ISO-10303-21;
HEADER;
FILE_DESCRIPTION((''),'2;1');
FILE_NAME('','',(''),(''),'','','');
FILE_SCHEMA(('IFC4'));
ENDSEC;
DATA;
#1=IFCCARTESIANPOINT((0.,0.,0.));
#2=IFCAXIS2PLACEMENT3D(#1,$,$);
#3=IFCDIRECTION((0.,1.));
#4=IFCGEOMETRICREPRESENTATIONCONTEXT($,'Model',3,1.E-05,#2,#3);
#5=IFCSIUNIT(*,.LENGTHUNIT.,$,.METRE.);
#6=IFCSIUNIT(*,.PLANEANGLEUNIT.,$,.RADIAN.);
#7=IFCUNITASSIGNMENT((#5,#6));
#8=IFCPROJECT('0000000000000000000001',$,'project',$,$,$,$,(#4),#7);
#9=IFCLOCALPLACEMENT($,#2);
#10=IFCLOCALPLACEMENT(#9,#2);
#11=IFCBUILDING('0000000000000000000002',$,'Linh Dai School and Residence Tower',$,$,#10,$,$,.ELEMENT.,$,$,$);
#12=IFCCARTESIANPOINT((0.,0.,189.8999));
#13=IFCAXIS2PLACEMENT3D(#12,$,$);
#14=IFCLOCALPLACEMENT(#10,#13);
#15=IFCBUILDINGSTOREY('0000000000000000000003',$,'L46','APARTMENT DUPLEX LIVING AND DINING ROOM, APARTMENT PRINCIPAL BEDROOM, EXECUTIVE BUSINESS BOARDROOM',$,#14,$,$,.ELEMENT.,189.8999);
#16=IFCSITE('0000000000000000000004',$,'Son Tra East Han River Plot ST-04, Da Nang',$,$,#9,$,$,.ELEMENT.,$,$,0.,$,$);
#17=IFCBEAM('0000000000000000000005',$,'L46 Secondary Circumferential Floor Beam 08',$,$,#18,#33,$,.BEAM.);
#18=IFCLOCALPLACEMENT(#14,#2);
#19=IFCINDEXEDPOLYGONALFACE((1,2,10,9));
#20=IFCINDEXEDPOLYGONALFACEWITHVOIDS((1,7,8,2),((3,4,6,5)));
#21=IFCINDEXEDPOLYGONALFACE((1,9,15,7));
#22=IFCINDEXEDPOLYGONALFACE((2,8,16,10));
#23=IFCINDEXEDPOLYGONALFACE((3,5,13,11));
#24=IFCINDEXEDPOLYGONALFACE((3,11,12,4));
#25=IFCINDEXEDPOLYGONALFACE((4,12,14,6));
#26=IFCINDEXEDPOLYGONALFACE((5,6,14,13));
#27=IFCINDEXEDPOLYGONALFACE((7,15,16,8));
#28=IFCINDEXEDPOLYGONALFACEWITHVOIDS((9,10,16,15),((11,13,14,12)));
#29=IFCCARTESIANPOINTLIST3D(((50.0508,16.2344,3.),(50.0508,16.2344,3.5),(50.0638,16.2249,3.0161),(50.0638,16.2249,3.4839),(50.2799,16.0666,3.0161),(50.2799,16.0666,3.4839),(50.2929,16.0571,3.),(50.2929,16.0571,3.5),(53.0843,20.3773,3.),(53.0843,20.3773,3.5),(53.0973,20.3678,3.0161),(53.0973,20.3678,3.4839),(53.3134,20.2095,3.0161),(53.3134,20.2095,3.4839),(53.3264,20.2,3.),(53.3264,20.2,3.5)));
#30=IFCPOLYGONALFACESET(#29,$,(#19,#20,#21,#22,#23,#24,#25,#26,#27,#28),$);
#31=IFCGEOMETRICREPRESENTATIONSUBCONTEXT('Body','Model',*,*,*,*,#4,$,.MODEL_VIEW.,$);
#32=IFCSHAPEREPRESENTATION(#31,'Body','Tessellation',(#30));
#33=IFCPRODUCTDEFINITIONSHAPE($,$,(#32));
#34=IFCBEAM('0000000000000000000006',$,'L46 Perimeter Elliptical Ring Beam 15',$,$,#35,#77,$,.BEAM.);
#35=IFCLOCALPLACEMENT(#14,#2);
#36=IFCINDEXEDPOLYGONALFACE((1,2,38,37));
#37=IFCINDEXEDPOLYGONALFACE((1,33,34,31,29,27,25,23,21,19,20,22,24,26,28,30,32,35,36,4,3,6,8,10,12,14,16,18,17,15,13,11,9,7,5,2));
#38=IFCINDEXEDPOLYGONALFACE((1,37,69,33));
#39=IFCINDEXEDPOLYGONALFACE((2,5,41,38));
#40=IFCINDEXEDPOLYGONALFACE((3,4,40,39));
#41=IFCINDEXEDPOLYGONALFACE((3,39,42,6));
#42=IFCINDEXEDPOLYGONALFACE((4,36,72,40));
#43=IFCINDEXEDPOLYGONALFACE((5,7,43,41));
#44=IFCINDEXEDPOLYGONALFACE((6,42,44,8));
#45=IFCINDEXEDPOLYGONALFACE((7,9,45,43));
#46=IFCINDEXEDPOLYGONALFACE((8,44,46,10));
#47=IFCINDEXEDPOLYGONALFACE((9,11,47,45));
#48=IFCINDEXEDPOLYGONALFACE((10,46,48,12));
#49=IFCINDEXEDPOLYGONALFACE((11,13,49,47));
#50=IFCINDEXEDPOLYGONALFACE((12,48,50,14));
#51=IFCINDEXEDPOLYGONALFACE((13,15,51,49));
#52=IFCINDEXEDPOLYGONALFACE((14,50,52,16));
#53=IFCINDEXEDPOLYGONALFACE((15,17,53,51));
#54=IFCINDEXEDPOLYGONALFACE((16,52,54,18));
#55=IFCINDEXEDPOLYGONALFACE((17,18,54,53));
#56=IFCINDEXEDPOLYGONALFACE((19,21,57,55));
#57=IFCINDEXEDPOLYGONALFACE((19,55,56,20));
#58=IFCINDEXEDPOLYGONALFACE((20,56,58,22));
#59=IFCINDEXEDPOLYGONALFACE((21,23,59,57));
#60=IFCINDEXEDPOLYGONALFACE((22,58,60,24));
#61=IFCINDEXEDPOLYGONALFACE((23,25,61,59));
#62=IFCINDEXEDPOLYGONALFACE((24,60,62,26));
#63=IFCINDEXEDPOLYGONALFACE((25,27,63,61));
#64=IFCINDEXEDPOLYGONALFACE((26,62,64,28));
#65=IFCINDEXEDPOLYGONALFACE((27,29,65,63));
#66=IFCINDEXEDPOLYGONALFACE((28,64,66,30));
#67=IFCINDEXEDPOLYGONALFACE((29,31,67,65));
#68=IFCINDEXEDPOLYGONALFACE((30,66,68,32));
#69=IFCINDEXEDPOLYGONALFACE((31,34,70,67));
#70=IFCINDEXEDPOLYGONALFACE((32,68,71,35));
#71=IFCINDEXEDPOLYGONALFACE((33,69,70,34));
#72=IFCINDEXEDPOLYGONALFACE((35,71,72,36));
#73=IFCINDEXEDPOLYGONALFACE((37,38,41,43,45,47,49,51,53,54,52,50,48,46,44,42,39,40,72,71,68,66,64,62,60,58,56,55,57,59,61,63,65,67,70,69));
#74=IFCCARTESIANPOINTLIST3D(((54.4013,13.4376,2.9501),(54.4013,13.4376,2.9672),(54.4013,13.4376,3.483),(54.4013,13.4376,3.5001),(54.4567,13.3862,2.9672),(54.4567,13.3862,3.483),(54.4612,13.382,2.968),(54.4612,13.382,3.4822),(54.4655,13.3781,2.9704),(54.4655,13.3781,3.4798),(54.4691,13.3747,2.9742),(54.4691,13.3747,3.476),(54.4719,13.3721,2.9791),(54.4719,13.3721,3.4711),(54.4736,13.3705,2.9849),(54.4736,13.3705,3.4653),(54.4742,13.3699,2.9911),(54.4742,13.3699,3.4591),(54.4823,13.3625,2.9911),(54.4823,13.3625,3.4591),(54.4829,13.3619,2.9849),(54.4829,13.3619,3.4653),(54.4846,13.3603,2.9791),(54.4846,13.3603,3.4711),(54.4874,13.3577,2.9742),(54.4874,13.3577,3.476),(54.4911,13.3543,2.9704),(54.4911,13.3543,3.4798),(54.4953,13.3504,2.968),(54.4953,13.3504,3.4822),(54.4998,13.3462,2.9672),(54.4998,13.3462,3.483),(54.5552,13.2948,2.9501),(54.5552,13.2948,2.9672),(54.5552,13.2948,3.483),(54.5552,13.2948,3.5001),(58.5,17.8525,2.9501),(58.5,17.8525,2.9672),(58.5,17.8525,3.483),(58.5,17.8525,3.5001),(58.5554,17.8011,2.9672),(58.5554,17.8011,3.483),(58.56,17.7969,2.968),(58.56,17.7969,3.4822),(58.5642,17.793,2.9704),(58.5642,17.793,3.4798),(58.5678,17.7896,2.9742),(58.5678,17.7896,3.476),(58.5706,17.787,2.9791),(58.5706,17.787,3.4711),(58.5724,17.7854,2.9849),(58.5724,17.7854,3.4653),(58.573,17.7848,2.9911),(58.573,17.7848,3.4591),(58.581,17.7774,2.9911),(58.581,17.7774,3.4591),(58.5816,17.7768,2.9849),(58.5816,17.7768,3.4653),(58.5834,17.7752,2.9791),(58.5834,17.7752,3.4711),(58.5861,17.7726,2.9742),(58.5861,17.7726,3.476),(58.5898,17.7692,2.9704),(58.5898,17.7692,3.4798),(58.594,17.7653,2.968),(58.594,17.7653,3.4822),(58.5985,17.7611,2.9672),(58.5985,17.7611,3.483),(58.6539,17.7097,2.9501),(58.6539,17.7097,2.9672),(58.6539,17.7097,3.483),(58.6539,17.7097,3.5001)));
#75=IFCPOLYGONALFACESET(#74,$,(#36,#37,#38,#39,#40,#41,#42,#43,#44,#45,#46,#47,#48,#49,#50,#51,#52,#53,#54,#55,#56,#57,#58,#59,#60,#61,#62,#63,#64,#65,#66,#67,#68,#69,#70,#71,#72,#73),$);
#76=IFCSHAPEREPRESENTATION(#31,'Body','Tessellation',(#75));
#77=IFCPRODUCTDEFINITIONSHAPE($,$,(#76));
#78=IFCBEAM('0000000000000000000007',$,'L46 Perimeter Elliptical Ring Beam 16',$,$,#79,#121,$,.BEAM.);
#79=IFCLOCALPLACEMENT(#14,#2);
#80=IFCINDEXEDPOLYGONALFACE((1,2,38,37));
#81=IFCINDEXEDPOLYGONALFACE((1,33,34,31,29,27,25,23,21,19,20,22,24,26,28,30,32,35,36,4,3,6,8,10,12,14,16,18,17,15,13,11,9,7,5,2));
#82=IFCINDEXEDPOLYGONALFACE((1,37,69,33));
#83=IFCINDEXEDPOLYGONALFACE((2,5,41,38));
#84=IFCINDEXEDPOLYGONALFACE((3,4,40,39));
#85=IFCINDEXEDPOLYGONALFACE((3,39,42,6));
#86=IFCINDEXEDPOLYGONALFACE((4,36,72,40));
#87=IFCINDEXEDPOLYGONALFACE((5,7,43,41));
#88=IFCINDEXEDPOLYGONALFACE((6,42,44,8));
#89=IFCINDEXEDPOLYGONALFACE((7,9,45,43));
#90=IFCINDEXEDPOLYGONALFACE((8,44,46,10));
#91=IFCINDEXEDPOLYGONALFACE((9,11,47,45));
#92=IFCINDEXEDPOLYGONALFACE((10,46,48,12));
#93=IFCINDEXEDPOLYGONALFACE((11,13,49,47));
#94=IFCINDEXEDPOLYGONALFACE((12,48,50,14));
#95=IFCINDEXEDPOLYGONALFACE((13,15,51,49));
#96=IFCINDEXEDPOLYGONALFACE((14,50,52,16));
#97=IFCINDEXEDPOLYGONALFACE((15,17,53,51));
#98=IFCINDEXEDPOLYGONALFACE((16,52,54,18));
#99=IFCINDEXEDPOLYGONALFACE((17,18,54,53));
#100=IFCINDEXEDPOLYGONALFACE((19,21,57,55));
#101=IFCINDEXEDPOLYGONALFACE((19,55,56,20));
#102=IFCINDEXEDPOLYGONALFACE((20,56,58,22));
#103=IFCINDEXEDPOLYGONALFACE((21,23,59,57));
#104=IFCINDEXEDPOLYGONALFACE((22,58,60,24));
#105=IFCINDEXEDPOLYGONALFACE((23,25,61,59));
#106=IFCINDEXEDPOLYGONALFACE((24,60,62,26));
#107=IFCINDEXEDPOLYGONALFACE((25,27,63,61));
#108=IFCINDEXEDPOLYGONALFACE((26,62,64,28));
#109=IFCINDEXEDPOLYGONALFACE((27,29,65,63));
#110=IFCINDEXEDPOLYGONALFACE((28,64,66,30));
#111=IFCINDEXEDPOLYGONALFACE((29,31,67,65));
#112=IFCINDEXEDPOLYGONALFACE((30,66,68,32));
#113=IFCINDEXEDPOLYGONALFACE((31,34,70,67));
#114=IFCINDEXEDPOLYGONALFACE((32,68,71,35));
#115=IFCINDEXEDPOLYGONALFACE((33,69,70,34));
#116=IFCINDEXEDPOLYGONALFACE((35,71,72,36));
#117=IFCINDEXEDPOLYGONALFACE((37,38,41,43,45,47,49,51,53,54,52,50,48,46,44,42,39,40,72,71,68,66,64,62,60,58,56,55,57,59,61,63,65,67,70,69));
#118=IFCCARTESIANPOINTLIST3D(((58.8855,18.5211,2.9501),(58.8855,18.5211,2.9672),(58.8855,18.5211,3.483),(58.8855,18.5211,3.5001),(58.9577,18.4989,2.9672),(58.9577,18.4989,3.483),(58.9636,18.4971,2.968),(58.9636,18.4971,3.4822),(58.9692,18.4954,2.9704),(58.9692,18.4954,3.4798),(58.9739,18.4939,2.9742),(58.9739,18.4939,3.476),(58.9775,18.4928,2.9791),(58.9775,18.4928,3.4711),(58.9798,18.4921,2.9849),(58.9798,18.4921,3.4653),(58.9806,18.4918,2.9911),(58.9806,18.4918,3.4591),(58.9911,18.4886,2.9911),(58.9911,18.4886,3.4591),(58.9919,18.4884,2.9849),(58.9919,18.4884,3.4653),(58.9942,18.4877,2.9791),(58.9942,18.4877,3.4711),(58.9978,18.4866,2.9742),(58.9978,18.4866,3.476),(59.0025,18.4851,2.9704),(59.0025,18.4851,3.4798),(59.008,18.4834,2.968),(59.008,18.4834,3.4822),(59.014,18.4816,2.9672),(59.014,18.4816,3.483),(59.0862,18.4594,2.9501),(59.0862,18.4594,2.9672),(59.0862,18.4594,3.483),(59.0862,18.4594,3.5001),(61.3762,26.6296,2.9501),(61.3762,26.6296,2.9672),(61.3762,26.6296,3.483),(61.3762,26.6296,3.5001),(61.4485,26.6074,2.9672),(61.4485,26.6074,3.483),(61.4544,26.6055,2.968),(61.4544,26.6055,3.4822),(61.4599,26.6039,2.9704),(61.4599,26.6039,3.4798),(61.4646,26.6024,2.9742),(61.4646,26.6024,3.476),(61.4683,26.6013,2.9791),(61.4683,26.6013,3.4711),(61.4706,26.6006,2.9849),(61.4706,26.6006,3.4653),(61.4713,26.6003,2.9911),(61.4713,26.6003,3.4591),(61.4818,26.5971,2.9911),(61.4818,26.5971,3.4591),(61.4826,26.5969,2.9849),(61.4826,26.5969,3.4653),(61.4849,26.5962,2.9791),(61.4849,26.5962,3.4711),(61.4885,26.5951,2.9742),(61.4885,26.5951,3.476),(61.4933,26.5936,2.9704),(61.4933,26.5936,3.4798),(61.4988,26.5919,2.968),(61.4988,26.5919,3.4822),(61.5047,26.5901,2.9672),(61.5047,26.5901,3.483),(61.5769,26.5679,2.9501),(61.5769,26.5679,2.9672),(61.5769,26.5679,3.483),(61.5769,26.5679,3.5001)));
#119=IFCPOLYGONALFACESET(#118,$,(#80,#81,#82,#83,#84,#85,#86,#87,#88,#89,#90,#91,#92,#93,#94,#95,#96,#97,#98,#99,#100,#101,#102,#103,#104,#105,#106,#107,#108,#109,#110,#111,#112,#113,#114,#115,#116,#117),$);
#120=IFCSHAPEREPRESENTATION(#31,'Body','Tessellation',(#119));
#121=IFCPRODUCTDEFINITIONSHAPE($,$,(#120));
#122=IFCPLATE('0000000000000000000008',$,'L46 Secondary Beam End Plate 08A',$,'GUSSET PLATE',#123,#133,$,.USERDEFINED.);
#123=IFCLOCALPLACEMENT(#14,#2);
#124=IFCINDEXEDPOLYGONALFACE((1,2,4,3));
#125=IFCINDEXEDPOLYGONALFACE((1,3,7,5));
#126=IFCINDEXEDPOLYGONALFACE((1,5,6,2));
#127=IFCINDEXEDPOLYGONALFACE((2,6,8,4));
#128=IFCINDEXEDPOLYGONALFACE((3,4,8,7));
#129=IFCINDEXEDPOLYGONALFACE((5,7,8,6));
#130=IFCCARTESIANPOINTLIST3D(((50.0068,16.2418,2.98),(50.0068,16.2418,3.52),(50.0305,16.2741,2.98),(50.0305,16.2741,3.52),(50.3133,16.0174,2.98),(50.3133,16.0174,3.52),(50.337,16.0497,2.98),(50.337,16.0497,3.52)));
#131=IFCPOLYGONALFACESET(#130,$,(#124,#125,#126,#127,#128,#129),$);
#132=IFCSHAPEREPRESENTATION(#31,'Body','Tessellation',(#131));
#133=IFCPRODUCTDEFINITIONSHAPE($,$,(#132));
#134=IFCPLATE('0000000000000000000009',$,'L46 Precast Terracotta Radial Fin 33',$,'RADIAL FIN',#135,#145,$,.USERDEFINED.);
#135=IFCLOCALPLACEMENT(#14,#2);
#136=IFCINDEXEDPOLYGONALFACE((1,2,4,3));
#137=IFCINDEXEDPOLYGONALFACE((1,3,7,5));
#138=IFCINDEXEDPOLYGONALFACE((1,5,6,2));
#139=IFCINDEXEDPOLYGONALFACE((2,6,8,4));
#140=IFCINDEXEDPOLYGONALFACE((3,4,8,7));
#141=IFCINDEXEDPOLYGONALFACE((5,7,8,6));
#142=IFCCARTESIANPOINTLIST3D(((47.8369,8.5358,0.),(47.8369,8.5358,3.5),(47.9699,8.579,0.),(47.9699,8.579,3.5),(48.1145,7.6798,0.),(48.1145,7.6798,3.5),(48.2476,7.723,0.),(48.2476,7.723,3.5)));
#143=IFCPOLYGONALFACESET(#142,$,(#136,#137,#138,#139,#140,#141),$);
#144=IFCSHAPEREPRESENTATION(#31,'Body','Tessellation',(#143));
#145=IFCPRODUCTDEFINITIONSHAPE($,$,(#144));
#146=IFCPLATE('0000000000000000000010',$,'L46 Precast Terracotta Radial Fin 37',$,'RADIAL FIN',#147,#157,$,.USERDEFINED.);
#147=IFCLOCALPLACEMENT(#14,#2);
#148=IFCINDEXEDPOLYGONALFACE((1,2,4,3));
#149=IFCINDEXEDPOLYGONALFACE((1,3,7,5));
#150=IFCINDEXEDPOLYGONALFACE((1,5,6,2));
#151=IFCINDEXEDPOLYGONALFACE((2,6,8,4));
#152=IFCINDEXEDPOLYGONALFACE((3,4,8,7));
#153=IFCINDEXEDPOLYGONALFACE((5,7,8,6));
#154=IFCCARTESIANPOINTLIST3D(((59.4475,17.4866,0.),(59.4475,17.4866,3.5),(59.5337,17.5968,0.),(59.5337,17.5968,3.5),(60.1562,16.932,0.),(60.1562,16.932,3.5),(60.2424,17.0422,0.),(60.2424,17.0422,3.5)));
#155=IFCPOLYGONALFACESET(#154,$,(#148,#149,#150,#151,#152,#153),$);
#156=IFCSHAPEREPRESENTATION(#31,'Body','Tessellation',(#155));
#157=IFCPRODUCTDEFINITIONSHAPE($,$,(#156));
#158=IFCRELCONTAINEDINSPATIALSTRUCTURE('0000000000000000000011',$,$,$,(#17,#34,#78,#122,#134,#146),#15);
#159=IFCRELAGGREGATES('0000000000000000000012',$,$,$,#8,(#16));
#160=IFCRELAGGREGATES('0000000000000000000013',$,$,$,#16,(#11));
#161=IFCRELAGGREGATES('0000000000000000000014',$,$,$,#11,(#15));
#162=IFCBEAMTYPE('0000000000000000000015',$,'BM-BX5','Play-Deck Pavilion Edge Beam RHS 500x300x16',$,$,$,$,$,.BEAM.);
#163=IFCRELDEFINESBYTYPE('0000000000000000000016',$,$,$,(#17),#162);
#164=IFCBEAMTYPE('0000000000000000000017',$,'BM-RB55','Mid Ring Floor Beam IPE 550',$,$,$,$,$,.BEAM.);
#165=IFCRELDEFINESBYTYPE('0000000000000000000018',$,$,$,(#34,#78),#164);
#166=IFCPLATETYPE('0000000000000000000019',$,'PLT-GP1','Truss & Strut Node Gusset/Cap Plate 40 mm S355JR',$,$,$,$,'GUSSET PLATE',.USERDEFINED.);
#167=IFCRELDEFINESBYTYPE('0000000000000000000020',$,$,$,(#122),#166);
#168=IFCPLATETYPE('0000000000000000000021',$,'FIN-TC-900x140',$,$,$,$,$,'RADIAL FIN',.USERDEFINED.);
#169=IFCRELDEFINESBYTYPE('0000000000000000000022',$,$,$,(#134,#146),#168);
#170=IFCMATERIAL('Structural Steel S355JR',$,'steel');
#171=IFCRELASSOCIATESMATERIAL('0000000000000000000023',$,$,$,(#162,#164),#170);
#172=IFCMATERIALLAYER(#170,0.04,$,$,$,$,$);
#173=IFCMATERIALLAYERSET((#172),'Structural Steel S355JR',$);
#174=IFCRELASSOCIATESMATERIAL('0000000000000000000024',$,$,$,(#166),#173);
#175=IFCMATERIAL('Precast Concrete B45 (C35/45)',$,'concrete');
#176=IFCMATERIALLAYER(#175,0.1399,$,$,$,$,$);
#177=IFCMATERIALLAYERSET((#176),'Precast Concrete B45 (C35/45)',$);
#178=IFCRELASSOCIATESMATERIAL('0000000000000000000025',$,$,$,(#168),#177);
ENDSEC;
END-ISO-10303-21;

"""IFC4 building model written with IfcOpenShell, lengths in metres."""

from ifc_helpers import new_model, si_unit, direction, frame, origin, origin_2d, place, context, subcontext, project, spatial, rectangle, hollow_rectangle, i_section, extrude, source, transform, mapped, material, layer, layer_set, material_profile, profile_set, type_object, element, save


model = new_model("IFC4")

# Units and contexts
model_context = context("Model", 3, precision=1e-05, world=origin(), true_north=direction((0.0, 1.0)))
body_context = subcontext(model_context, "Body", "Model", "MODEL_VIEW")
ifc_project = project(units=[si_unit("LENGTHUNIT", "METRE"), si_unit("PLANEANGLEUNIT", "RADIAN")], contexts=[model_context])

# Site, building, storey
site_placement = place(None, origin())
site = spatial("IfcSite", under=ifc_project, at=site_placement, Name="Son Tra East Han River Plot ST-04, Da Nang", CompositionType="ELEMENT", RefElevation=0.0)
building_placement = place(site_placement, origin())
building = spatial("IfcBuilding", under=site, at=building_placement, Name="Linh Dai School and Residence Tower", CompositionType="ELEMENT")
storey_placement = place(building_placement, frame((0.0, 0.0, 189.8999)))
storey = spatial("IfcBuildingStorey", under=building, at=storey_placement, Name="L46", Description="APARTMENT DUPLEX LIVING AND DINING ROOM, APARTMENT PRINCIPAL BEDROOM, EXECUTIVE BUSINESS BOARDROOM", CompositionType="ELEMENT", Elevation=189.8999)

# Shared definitions
ifc_material_1 = material(Name="Structural Steel S355JR", Category="steel")

# Beams
ifc_material_profile_1 = material_profile(ifc_material_1, hollow_rectangle(XDim=0.3, YDim=0.5, WallThickness=0.0161, at=origin_2d()), Name="RHS 500x300x16")
ifc_profile_set_1 = profile_set([ifc_material_profile_1], Name="Structural Steel S355JR")
beam_type_1 = type_object("IfcBeamType", Name="BM-BX5", Description="Play-Deck Pavilion Edge Beam RHS 500x300x16", PredefinedType="BEAM", material=ifc_profile_set_1)
beam_1_placement = place(storey_placement, frame((50.1719, 16.1458, 3.25), z_axis=(0.590778, 0.806834, 0.0), x_axis=(-0.806834, 0.590778, 0.0)))
element("IfcBeam", 1, at=beam_1_placement, inside=storey, type_object=beam_type_1, Name="L46 Secondary Circumferential Floor Beam 08", PredefinedType="BEAM", context=body_context, shape_type="SweptSolid", body=[
    extrude(hollow_rectangle(XDim=0.3, YDim=0.5, WallThickness=0.0161, at=origin_2d()), origin(), (0.0, 0.0, 1.0), 5.1348),
])
ifc_material_profile_2 = material_profile(ifc_material_1, i_section(OverallWidth=0.21, OverallDepth=0.55, WebThickness=0.011, FlangeThickness=0.0171, FilletRadius=0.0239, at=origin_2d()), Name="IPE 550")
ifc_profile_set_2 = profile_set([ifc_material_profile_2], Name="Structural Steel S355JR")
beam_type_2 = type_object("IfcBeamType", Name="BM-RB55", Description="Mid Ring Floor Beam IPE 550", PredefinedType="BEAM", material=ifc_profile_set_2)
beam_2_placement = place(storey_placement, frame((54.4783, 13.3662, 3.2251), z_axis=(0.680378, 0.732861, 0.0), x_axis=(-0.732861, 0.680378, 0.0)))
element("IfcBeam", 2, at=beam_2_placement, inside=storey, type_object=beam_type_2, Name="L46 Perimeter Elliptical Ring Beam 15", PredefinedType="BEAM", context=body_context, shape_type="SweptSolid", body=[
    extrude(i_section(OverallWidth=0.21, OverallDepth=0.55, WebThickness=0.011, FlangeThickness=0.0171, FilletRadius=0.0239, at=origin_2d()), origin(), (0.0, 0.0, 1.0), 6.0242),
])
beam_3_placement = place(storey_placement, frame((58.9858, 18.4902, 3.2251), z_axis=(0.293637, 0.955917, 0.0), x_axis=(-0.955917, 0.293637, 0.0)))
element("IfcBeam", 3, at=beam_3_placement, inside=storey, type_object=beam_type_2, Name="L46 Perimeter Elliptical Ring Beam 16", PredefinedType="BEAM", context=body_context, shape_type="SweptSolid", body=[
    extrude(i_section(OverallWidth=0.21, OverallDepth=0.55, WebThickness=0.011, FlangeThickness=0.0171, FilletRadius=0.0239, at=origin_2d()), origin(), (0.0, 0.0, 1.0), 8.4824),
])

# Plates
ifc_layer_1 = layer(ifc_material_1, 0.04)
ifc_layer_set_1 = layer_set([ifc_layer_1], Name="Structural Steel S355JR")
plate_type_1 = type_object("IfcPlateType", Name="PLT-GP1", Description="Truss & Strut Node Gusset/Cap Plate 40 mm S355JR", ElementType="GUSSET PLATE", PredefinedType="USERDEFINED", material=ifc_layer_set_1)
shared_shape_1 = source(origin(), body_context, "Body", "SweptSolid", [
    extrude(rectangle(XDim=0.04, YDim=0.3799, at=origin_2d()), origin(), (0.0, 0.0, 1.0), 0.54),
])
plate_placement = place(storey_placement, frame((50.1719, 16.1458, 2.98), z_axis=(0.0, 0.0, 1.0), x_axis=(0.590797, 0.80682, 0.0)))
element("IfcPlate", 4, at=plate_placement, inside=storey, type_object=plate_type_1, Name="L46 Secondary Beam End Plate 08A", ObjectType="GUSSET PLATE", PredefinedType="USERDEFINED", context=body_context, shape_type="MappedRepresentation", body=[
    mapped(shared_shape_1, transform((0.0, 0.0, 0.0), x_axis=(1.0, 0.0, 0.0), y_axis=(0.0, 1.0, 0.0), z_axis=(0.0, 0.0, 1.0), scale=1.0)),
])
ifc_material_2 = material(Name="Precast Concrete B45 (C35/45)", Category="concrete")
ifc_layer_2 = layer(ifc_material_2, 0.1399)
ifc_layer_set_2 = layer_set([ifc_layer_2], Name="Precast Concrete B45 (C35/45)")
plate_type_2 = type_object("IfcPlateType", Name="FIN-TC-900x140", ElementType="RADIAL FIN", PredefinedType="USERDEFINED", material=ifc_layer_set_2)
shared_shape_2 = source(origin(), body_context, "Body", "SweptSolid", [
    extrude(rectangle(XDim=0.8999, YDim=0.1399, at=origin_2d()), origin(), (0.0, 0.0, 1.0), 3.5),
])
for number, where, z_axis, x_axis, name in (
    (5, (48.0422, 8.1294, 0.0), (0.0, 0.0, 1.0), (0.308536, -0.951213, 0.0), "L46 Precast Terracotta Radial Fin 33"),
    (6, (59.845, 17.2644, 0.0), (0.0, 0.0, 1.0), (0.787522, -0.616286, 0.0), "L46 Precast Terracotta Radial Fin 37"),
):
    element("IfcPlate", number, at=place(storey_placement, frame(where, z_axis=z_axis, x_axis=x_axis)), inside=storey, type_object=plate_type_2, Name=name, ObjectType="RADIAL FIN", PredefinedType="USERDEFINED", context=body_context, shape_type="MappedRepresentation", body=[
        mapped(shared_shape_2, transform((0.0, 0.0, 0.0), x_axis=(1.0, 0.0, 0.0), y_axis=(0.0, 1.0, 0.0), z_axis=(0.0, 0.0, 1.0), scale=1.0)),
    ])

save(model, "model.ifc")
